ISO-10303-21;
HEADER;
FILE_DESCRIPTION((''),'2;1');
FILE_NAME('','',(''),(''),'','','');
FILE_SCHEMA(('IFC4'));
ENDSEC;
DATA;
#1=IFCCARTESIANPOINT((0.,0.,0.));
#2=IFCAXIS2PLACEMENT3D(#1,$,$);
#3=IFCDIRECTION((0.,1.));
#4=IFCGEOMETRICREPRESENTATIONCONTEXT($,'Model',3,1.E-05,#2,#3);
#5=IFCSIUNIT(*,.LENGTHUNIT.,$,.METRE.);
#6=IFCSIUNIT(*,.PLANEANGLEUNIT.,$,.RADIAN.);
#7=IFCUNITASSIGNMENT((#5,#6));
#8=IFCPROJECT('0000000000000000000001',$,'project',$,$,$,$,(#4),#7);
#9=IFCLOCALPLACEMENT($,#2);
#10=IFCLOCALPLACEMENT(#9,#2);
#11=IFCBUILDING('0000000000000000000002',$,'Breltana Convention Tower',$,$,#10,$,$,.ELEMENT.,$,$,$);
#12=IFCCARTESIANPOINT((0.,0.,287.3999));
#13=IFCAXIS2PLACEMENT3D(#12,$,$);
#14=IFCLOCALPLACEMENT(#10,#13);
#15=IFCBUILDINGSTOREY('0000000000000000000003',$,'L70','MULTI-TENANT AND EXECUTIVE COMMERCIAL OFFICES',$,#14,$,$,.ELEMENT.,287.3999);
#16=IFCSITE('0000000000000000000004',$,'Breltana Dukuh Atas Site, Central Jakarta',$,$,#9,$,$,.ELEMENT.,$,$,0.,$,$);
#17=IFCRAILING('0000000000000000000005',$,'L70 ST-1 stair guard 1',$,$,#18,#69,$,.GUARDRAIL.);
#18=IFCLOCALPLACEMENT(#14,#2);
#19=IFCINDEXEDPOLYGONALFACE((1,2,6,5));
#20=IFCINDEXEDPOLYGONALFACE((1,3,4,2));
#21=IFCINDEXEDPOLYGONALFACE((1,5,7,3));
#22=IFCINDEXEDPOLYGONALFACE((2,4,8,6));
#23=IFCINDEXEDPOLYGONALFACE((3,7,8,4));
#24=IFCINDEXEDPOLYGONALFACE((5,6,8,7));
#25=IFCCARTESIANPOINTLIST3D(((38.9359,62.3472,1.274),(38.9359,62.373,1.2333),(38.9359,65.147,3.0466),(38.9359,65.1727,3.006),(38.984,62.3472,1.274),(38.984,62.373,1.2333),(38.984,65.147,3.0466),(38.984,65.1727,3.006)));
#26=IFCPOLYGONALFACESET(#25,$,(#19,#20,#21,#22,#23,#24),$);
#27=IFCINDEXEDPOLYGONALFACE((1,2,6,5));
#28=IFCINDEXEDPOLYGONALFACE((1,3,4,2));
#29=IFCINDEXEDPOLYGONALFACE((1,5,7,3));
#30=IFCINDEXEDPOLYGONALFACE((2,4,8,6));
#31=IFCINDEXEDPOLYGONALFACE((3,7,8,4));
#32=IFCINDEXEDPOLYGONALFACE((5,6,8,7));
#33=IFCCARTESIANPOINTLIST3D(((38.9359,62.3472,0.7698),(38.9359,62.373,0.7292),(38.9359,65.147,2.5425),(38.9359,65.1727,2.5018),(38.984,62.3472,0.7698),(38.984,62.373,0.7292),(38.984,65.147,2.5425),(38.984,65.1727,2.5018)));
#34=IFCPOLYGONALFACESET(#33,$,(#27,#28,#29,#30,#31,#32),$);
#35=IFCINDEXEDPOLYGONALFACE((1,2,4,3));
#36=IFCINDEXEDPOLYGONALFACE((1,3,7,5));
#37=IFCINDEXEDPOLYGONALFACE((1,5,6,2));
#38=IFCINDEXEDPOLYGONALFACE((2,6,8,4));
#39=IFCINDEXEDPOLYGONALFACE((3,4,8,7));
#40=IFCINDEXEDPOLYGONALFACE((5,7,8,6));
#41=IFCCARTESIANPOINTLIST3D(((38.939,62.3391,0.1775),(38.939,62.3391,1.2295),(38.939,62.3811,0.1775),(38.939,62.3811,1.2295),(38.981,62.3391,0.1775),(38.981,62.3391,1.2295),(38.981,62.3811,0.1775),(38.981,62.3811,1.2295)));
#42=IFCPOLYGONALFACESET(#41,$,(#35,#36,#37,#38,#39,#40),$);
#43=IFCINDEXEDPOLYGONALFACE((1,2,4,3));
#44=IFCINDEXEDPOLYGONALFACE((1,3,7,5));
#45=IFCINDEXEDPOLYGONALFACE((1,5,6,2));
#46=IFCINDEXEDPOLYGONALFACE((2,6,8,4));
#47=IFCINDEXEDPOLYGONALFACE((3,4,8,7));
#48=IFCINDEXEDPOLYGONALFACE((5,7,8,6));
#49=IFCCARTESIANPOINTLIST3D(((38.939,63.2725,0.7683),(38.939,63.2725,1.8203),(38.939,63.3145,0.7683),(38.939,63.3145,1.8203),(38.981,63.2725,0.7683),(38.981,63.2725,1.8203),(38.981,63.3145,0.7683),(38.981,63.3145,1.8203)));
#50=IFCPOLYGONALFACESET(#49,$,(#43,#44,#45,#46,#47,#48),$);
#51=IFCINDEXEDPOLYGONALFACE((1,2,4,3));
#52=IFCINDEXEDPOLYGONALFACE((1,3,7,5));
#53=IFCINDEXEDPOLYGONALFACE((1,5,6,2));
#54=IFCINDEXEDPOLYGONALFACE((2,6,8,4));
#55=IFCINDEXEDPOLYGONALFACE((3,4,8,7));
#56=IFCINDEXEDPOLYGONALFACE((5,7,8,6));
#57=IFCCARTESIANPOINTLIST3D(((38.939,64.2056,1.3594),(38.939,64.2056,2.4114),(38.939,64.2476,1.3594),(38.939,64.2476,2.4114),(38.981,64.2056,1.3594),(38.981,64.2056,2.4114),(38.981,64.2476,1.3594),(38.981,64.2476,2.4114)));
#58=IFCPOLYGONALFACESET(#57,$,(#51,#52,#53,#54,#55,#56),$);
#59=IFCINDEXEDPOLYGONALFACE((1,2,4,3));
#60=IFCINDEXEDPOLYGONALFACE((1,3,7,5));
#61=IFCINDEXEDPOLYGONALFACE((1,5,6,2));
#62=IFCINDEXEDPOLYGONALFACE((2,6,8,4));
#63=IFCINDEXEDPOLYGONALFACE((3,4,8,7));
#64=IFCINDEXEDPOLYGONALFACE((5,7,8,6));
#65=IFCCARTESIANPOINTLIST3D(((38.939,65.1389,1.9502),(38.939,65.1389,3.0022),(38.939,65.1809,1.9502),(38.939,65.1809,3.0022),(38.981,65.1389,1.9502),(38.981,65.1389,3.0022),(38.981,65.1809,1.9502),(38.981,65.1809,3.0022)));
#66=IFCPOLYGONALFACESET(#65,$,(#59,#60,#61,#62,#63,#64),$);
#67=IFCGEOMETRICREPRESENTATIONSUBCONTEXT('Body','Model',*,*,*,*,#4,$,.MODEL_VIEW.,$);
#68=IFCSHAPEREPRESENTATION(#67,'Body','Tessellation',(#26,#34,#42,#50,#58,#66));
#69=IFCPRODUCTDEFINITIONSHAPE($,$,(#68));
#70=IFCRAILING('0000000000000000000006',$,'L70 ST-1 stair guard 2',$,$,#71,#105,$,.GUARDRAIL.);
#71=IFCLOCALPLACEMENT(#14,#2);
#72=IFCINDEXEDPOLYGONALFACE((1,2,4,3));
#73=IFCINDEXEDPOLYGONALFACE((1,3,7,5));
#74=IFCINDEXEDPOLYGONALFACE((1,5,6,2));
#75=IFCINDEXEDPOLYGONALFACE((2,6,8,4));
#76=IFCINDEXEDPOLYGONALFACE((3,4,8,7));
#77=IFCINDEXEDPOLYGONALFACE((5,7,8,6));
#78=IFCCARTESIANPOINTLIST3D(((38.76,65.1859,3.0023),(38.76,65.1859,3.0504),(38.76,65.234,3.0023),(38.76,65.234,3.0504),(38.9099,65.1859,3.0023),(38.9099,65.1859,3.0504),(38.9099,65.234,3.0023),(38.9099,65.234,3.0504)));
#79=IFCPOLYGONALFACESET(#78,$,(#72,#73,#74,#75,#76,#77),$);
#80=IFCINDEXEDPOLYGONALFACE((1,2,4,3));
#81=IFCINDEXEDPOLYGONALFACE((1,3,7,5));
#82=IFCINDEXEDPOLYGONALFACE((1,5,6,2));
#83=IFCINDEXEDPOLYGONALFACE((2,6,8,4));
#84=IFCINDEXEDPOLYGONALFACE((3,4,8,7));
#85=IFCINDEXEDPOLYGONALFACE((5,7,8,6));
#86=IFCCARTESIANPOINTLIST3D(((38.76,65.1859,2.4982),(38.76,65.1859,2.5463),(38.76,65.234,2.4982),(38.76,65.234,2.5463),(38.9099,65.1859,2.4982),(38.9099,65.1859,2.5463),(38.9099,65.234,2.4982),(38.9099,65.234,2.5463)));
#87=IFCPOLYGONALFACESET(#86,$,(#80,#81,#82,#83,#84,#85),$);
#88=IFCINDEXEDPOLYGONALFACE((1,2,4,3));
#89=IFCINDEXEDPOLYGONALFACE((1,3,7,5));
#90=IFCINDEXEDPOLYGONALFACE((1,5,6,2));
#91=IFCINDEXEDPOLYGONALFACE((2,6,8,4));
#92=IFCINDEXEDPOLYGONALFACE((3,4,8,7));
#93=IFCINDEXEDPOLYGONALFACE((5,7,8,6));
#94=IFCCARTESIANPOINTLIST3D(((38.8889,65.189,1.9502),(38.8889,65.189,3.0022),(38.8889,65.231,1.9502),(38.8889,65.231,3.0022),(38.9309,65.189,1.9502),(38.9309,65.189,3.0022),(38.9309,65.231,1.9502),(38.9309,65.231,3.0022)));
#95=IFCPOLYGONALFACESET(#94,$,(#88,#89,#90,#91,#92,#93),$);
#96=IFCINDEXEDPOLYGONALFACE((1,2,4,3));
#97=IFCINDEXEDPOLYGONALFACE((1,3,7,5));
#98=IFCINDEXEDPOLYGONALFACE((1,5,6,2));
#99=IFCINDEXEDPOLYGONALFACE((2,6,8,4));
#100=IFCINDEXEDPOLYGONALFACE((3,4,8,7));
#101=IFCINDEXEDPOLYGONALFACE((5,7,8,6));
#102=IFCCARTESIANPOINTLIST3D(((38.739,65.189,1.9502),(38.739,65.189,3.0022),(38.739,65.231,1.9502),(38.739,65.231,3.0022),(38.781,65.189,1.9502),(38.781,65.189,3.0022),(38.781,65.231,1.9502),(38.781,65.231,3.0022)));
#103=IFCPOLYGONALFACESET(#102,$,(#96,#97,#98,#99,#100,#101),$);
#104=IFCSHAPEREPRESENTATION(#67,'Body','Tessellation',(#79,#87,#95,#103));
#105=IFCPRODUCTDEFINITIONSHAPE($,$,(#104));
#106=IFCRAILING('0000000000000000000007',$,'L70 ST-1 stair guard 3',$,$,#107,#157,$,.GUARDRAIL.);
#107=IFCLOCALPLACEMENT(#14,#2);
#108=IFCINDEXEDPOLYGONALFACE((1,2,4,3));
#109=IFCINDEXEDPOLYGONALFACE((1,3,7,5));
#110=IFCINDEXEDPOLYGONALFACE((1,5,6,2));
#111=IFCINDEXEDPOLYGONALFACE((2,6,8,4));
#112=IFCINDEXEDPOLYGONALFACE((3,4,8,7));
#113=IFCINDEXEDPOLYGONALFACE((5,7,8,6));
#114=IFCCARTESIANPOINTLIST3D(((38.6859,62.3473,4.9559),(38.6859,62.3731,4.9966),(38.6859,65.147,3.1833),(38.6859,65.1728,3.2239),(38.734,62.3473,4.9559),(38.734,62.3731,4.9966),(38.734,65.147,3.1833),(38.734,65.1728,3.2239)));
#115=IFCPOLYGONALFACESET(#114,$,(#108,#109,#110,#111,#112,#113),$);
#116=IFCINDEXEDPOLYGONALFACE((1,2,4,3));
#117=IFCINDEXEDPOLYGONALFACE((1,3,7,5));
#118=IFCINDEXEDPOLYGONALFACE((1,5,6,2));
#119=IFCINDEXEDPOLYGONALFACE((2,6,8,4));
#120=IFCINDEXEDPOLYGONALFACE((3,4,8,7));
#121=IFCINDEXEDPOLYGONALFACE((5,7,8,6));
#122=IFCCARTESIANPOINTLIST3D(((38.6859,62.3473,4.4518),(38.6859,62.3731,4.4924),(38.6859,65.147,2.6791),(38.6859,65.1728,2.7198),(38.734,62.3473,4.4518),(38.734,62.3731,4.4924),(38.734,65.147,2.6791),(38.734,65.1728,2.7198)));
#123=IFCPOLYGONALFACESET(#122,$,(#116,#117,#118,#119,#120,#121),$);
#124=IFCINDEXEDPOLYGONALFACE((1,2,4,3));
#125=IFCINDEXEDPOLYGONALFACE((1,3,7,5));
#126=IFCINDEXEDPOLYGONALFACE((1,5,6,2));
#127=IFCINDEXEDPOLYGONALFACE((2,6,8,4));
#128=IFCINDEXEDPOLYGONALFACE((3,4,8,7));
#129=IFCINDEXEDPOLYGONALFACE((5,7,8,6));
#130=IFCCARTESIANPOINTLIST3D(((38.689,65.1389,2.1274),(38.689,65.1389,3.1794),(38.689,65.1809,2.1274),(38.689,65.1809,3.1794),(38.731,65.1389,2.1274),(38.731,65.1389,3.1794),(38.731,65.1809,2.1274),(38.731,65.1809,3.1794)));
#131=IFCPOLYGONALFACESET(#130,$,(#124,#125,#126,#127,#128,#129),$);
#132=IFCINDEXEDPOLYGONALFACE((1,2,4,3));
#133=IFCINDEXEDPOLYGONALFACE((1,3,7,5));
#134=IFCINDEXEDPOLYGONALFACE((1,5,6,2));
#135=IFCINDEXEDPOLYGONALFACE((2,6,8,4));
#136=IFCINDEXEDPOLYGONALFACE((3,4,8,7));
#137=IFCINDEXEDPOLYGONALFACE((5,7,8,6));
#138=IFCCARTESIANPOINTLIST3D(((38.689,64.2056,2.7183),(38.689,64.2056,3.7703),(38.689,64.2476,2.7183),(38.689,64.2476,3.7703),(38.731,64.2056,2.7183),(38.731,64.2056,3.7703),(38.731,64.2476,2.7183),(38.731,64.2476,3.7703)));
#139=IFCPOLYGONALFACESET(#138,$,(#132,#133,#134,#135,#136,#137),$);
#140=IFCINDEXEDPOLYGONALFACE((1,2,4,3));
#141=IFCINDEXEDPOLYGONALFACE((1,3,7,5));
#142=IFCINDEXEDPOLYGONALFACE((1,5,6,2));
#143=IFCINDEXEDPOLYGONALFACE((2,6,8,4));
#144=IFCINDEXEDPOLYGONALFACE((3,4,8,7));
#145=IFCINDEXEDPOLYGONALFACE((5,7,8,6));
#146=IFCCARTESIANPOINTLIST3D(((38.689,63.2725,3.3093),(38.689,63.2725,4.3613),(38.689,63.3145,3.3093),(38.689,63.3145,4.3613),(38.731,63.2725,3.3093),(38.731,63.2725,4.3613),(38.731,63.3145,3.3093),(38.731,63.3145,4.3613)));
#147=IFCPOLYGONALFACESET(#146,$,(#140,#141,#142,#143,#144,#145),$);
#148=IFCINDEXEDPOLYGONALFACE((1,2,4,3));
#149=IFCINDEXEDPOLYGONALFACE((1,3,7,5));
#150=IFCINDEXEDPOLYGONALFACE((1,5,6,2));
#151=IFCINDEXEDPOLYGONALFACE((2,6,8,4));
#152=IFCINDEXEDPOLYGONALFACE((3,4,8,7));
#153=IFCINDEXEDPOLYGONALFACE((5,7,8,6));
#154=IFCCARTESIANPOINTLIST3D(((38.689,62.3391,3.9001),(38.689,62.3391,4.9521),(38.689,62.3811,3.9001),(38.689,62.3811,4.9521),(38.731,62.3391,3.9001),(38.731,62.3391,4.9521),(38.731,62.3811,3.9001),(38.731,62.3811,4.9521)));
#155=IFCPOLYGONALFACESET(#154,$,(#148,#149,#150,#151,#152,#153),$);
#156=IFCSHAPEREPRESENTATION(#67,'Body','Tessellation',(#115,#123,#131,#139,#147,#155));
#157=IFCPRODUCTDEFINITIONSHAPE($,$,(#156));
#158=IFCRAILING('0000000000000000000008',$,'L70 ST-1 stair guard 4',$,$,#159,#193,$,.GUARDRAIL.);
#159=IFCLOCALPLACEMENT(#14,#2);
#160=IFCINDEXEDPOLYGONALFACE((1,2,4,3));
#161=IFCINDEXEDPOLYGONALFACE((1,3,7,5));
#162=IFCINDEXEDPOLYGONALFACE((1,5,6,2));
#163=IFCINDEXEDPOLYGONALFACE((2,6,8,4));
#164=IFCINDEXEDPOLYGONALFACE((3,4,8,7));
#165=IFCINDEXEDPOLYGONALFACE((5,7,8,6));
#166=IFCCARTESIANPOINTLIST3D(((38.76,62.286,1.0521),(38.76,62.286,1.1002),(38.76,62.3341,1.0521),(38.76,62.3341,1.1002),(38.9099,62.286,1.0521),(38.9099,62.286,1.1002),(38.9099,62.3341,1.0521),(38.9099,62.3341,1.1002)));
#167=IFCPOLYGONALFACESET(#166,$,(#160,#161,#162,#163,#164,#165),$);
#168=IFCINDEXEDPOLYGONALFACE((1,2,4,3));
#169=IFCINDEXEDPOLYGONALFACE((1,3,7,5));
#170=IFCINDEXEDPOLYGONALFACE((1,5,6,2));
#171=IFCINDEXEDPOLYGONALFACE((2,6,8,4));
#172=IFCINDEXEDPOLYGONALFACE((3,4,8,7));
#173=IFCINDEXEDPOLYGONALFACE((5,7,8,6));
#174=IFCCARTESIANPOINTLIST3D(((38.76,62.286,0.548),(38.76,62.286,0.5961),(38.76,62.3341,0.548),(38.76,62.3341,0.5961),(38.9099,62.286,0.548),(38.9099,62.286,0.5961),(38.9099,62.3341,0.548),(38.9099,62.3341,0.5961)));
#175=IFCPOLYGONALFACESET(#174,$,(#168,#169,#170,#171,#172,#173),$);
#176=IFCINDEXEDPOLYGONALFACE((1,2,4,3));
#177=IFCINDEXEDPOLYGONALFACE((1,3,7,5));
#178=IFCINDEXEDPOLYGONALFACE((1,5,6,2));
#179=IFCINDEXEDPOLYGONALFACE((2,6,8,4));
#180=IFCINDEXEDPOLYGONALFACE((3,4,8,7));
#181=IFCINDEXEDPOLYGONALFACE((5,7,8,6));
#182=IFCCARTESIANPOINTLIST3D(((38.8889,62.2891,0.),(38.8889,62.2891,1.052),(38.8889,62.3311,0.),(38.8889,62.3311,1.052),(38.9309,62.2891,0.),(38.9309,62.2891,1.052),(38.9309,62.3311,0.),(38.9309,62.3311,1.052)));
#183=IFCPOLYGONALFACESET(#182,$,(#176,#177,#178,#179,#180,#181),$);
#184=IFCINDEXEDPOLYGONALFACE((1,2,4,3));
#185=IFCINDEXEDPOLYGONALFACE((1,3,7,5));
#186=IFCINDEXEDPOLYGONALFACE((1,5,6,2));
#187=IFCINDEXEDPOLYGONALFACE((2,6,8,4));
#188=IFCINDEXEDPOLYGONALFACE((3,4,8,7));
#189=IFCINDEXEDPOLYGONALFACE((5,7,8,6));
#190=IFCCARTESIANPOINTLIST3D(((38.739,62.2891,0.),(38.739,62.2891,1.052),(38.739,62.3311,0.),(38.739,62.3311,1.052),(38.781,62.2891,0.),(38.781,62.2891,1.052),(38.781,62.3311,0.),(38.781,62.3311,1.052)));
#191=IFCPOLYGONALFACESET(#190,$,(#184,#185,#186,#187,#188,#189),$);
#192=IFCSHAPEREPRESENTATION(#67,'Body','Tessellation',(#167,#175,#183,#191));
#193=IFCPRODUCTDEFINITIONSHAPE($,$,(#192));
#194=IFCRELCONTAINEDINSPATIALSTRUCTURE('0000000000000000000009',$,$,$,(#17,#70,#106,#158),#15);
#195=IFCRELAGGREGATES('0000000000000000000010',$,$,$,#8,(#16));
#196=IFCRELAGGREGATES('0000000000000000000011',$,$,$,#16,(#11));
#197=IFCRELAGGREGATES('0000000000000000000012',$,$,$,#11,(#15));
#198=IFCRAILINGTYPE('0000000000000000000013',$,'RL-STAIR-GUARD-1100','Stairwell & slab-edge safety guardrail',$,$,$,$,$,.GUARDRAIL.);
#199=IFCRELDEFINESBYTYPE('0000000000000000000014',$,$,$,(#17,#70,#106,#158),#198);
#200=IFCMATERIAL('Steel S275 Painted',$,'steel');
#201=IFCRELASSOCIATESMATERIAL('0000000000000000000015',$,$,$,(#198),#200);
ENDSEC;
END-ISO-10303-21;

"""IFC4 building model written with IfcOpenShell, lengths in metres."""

from ifc_helpers import new_model, si_unit, direction, frame, origin, origin_2d, place, context, subcontext, project, spatial, rectangle, extrude, material, type_object, element, save


model = new_model("IFC4")

# Units and contexts
model_context = context("Model", 3, precision=1e-05, world=origin(), true_north=direction((0.0, 1.0)))
body_context = subcontext(model_context, "Body", "Model", "MODEL_VIEW")
ifc_project = project(units=[si_unit("LENGTHUNIT", "METRE"), si_unit("PLANEANGLEUNIT", "RADIAN")], contexts=[model_context])

# Site, building, storey
site_placement = place(None, origin())
site = spatial("IfcSite", under=ifc_project, at=site_placement, Name="Breltana Dukuh Atas Site, Central Jakarta", CompositionType="ELEMENT", RefElevation=0.0)
building_placement = place(site_placement, origin())
building = spatial("IfcBuilding", under=site, at=building_placement, Name="Breltana Convention Tower", CompositionType="ELEMENT")
storey_placement = place(building_placement, frame((0.0, 0.0, 287.3999)))
storey = spatial("IfcBuildingStorey", under=building, at=storey_placement, Name="L70", Description="MULTI-TENANT AND EXECUTIVE COMMERCIAL OFFICES", CompositionType="ELEMENT", Elevation=287.3999)

# Railings
ifc_material_1 = material(Name="Steel S275 Painted", Category="steel")
railing_type_1 = type_object("IfcRailingType", Name="RL-STAIR-GUARD-1100", Description="Stairwell & slab-edge safety guardrail", PredefinedType="GUARDRAIL", material=ifc_material_1)
railing_1_placement = place(storey_placement, frame((38.96, 62.3601, 0.1775)))
element("IfcRailing", 1, at=railing_1_placement, inside=storey, type_object=railing_type_1, Name="L70 ST-1 stair guard 1", PredefinedType="GUARDRAIL", context=body_context, shape_type="SweptSolid", body=[
    extrude(rectangle(XDim=0.0481, YDim=0.0481, at=origin_2d()), frame((0.0, 0.0, 1.0762), z_axis=(0.0, 0.844888, 0.534943), x_axis=(-1.0, 0.0, 0.0)), (0.0, 0.0, 1.0), 3.3137),
    extrude(rectangle(XDim=0.0481, YDim=0.0481, at=origin_2d()), frame((0.0, 0.0, 0.572), z_axis=(0.0, 0.844888, 0.534943), x_axis=(-1.0, 0.0, 0.0)), (0.0, 0.0, 1.0), 3.3137),
    extrude(rectangle(XDim=0.042, YDim=0.042, at=origin_2d()), origin(), (0.0, 0.0, 1.0), 1.052),
    extrude(rectangle(XDim=0.042, YDim=0.042, at=origin_2d()), frame((0.0, 0.9333, 0.5908)), (0.0, 0.0, 1.0), 1.052),
    extrude(rectangle(XDim=0.042, YDim=0.042, at=origin_2d()), frame((0.0, 1.8665, 1.1819)), (0.0, 0.0, 1.0), 1.052),
    extrude(rectangle(XDim=0.042, YDim=0.042, at=origin_2d()), frame((0.0, 2.7998, 1.7727)), (0.0, 0.0, 1.0), 1.052),
])
railing_2_placement = place(storey_placement, frame((38.9099, 65.21, 1.9502)))
element("IfcRailing", 2, at=railing_2_placement, inside=storey, type_object=railing_type_1, Name="L70 ST-1 stair guard 2", PredefinedType="GUARDRAIL", context=body_context, shape_type="SweptSolid", body=[
    extrude(rectangle(XDim=0.0481, YDim=0.0481, at=origin_2d()), frame((0.0, 0.0, 1.0762), z_axis=(-1.0, 0.0, 0.0), x_axis=(0.0, -1.0, 0.0)), (0.0, 0.0, 1.0), 0.1499),
    extrude(rectangle(XDim=0.0481, YDim=0.0481, at=origin_2d()), frame((0.0, 0.0, 0.572), z_axis=(-1.0, 0.0, 0.0), x_axis=(0.0, -1.0, 0.0)), (0.0, 0.0, 1.0), 0.1499),
    extrude(rectangle(XDim=0.042, YDim=0.042, at=origin_2d()), origin(), (0.0, 0.0, 1.0), 1.052),
    extrude(rectangle(XDim=0.042, YDim=0.042, at=origin_2d()), frame((-0.1499, 0.0, 0.0)), (0.0, 0.0, 1.0), 1.052),
])
railing_3_placement = place(storey_placement, frame((38.71, 65.1599, 2.1274)))
element("IfcRailing", 3, at=railing_3_placement, inside=storey, type_object=railing_type_1, Name="L70 ST-1 stair guard 3", PredefinedType="GUARDRAIL", context=body_context, shape_type="SweptSolid", body=[
    extrude(rectangle(XDim=0.0481, YDim=0.0481, at=origin_2d()), frame((0.0, 0.0, 1.0762), z_axis=(0.0, -0.844888, 0.534943), x_axis=(1.0, 0.0, 0.0)), (0.0, 0.0, 1.0), 3.3137),
    extrude(rectangle(XDim=0.0481, YDim=0.0481, at=origin_2d()), frame((0.0, 0.0, 0.572), z_axis=(0.0, -0.844888, 0.534943), x_axis=(1.0, 0.0, 0.0)), (0.0, 0.0, 1.0), 3.3137),
    extrude(rectangle(XDim=0.042, YDim=0.042, at=origin_2d()), origin(), (0.0, 0.0, 1.0), 1.052),
    extrude(rectangle(XDim=0.042, YDim=0.042, at=origin_2d()), frame((0.0, -0.9333, 0.5908)), (0.0, 0.0, 1.0), 1.052),
    extrude(rectangle(XDim=0.042, YDim=0.042, at=origin_2d()), frame((0.0, -1.8665, 1.1819)), (0.0, 0.0, 1.0), 1.052),
    extrude(rectangle(XDim=0.042, YDim=0.042, at=origin_2d()), frame((0.0, -2.7998, 1.7727)), (0.0, 0.0, 1.0), 1.052),
])
railing_4_placement = place(storey_placement, frame((38.9099, 62.3101, 0.0)))
element("IfcRailing", 4, at=railing_4_placement, inside=storey, type_object=railing_type_1, Name="L70 ST-1 stair guard 4", PredefinedType="GUARDRAIL", context=body_context, shape_type="SweptSolid", body=[
    extrude(rectangle(XDim=0.0481, YDim=0.0481, at=origin_2d()), frame((0.0, 0.0, 1.0762), z_axis=(-1.0, 0.0, 0.0), x_axis=(0.0, -1.0, 0.0)), (0.0, 0.0, 1.0), 0.1499),
    extrude(rectangle(XDim=0.0481, YDim=0.0481, at=origin_2d()), frame((0.0, 0.0, 0.572), z_axis=(-1.0, 0.0, 0.0), x_axis=(0.0, -1.0, 0.0)), (0.0, 0.0, 1.0), 0.1499),
    extrude(rectangle(XDim=0.042, YDim=0.042, at=origin_2d()), origin(), (0.0, 0.0, 1.0), 1.052),
    extrude(rectangle(XDim=0.042, YDim=0.042, at=origin_2d()), frame((-0.1499, 0.0, 0.0)), (0.0, 0.0, 1.0), 1.052),
])

save(model, "model.ifc")
